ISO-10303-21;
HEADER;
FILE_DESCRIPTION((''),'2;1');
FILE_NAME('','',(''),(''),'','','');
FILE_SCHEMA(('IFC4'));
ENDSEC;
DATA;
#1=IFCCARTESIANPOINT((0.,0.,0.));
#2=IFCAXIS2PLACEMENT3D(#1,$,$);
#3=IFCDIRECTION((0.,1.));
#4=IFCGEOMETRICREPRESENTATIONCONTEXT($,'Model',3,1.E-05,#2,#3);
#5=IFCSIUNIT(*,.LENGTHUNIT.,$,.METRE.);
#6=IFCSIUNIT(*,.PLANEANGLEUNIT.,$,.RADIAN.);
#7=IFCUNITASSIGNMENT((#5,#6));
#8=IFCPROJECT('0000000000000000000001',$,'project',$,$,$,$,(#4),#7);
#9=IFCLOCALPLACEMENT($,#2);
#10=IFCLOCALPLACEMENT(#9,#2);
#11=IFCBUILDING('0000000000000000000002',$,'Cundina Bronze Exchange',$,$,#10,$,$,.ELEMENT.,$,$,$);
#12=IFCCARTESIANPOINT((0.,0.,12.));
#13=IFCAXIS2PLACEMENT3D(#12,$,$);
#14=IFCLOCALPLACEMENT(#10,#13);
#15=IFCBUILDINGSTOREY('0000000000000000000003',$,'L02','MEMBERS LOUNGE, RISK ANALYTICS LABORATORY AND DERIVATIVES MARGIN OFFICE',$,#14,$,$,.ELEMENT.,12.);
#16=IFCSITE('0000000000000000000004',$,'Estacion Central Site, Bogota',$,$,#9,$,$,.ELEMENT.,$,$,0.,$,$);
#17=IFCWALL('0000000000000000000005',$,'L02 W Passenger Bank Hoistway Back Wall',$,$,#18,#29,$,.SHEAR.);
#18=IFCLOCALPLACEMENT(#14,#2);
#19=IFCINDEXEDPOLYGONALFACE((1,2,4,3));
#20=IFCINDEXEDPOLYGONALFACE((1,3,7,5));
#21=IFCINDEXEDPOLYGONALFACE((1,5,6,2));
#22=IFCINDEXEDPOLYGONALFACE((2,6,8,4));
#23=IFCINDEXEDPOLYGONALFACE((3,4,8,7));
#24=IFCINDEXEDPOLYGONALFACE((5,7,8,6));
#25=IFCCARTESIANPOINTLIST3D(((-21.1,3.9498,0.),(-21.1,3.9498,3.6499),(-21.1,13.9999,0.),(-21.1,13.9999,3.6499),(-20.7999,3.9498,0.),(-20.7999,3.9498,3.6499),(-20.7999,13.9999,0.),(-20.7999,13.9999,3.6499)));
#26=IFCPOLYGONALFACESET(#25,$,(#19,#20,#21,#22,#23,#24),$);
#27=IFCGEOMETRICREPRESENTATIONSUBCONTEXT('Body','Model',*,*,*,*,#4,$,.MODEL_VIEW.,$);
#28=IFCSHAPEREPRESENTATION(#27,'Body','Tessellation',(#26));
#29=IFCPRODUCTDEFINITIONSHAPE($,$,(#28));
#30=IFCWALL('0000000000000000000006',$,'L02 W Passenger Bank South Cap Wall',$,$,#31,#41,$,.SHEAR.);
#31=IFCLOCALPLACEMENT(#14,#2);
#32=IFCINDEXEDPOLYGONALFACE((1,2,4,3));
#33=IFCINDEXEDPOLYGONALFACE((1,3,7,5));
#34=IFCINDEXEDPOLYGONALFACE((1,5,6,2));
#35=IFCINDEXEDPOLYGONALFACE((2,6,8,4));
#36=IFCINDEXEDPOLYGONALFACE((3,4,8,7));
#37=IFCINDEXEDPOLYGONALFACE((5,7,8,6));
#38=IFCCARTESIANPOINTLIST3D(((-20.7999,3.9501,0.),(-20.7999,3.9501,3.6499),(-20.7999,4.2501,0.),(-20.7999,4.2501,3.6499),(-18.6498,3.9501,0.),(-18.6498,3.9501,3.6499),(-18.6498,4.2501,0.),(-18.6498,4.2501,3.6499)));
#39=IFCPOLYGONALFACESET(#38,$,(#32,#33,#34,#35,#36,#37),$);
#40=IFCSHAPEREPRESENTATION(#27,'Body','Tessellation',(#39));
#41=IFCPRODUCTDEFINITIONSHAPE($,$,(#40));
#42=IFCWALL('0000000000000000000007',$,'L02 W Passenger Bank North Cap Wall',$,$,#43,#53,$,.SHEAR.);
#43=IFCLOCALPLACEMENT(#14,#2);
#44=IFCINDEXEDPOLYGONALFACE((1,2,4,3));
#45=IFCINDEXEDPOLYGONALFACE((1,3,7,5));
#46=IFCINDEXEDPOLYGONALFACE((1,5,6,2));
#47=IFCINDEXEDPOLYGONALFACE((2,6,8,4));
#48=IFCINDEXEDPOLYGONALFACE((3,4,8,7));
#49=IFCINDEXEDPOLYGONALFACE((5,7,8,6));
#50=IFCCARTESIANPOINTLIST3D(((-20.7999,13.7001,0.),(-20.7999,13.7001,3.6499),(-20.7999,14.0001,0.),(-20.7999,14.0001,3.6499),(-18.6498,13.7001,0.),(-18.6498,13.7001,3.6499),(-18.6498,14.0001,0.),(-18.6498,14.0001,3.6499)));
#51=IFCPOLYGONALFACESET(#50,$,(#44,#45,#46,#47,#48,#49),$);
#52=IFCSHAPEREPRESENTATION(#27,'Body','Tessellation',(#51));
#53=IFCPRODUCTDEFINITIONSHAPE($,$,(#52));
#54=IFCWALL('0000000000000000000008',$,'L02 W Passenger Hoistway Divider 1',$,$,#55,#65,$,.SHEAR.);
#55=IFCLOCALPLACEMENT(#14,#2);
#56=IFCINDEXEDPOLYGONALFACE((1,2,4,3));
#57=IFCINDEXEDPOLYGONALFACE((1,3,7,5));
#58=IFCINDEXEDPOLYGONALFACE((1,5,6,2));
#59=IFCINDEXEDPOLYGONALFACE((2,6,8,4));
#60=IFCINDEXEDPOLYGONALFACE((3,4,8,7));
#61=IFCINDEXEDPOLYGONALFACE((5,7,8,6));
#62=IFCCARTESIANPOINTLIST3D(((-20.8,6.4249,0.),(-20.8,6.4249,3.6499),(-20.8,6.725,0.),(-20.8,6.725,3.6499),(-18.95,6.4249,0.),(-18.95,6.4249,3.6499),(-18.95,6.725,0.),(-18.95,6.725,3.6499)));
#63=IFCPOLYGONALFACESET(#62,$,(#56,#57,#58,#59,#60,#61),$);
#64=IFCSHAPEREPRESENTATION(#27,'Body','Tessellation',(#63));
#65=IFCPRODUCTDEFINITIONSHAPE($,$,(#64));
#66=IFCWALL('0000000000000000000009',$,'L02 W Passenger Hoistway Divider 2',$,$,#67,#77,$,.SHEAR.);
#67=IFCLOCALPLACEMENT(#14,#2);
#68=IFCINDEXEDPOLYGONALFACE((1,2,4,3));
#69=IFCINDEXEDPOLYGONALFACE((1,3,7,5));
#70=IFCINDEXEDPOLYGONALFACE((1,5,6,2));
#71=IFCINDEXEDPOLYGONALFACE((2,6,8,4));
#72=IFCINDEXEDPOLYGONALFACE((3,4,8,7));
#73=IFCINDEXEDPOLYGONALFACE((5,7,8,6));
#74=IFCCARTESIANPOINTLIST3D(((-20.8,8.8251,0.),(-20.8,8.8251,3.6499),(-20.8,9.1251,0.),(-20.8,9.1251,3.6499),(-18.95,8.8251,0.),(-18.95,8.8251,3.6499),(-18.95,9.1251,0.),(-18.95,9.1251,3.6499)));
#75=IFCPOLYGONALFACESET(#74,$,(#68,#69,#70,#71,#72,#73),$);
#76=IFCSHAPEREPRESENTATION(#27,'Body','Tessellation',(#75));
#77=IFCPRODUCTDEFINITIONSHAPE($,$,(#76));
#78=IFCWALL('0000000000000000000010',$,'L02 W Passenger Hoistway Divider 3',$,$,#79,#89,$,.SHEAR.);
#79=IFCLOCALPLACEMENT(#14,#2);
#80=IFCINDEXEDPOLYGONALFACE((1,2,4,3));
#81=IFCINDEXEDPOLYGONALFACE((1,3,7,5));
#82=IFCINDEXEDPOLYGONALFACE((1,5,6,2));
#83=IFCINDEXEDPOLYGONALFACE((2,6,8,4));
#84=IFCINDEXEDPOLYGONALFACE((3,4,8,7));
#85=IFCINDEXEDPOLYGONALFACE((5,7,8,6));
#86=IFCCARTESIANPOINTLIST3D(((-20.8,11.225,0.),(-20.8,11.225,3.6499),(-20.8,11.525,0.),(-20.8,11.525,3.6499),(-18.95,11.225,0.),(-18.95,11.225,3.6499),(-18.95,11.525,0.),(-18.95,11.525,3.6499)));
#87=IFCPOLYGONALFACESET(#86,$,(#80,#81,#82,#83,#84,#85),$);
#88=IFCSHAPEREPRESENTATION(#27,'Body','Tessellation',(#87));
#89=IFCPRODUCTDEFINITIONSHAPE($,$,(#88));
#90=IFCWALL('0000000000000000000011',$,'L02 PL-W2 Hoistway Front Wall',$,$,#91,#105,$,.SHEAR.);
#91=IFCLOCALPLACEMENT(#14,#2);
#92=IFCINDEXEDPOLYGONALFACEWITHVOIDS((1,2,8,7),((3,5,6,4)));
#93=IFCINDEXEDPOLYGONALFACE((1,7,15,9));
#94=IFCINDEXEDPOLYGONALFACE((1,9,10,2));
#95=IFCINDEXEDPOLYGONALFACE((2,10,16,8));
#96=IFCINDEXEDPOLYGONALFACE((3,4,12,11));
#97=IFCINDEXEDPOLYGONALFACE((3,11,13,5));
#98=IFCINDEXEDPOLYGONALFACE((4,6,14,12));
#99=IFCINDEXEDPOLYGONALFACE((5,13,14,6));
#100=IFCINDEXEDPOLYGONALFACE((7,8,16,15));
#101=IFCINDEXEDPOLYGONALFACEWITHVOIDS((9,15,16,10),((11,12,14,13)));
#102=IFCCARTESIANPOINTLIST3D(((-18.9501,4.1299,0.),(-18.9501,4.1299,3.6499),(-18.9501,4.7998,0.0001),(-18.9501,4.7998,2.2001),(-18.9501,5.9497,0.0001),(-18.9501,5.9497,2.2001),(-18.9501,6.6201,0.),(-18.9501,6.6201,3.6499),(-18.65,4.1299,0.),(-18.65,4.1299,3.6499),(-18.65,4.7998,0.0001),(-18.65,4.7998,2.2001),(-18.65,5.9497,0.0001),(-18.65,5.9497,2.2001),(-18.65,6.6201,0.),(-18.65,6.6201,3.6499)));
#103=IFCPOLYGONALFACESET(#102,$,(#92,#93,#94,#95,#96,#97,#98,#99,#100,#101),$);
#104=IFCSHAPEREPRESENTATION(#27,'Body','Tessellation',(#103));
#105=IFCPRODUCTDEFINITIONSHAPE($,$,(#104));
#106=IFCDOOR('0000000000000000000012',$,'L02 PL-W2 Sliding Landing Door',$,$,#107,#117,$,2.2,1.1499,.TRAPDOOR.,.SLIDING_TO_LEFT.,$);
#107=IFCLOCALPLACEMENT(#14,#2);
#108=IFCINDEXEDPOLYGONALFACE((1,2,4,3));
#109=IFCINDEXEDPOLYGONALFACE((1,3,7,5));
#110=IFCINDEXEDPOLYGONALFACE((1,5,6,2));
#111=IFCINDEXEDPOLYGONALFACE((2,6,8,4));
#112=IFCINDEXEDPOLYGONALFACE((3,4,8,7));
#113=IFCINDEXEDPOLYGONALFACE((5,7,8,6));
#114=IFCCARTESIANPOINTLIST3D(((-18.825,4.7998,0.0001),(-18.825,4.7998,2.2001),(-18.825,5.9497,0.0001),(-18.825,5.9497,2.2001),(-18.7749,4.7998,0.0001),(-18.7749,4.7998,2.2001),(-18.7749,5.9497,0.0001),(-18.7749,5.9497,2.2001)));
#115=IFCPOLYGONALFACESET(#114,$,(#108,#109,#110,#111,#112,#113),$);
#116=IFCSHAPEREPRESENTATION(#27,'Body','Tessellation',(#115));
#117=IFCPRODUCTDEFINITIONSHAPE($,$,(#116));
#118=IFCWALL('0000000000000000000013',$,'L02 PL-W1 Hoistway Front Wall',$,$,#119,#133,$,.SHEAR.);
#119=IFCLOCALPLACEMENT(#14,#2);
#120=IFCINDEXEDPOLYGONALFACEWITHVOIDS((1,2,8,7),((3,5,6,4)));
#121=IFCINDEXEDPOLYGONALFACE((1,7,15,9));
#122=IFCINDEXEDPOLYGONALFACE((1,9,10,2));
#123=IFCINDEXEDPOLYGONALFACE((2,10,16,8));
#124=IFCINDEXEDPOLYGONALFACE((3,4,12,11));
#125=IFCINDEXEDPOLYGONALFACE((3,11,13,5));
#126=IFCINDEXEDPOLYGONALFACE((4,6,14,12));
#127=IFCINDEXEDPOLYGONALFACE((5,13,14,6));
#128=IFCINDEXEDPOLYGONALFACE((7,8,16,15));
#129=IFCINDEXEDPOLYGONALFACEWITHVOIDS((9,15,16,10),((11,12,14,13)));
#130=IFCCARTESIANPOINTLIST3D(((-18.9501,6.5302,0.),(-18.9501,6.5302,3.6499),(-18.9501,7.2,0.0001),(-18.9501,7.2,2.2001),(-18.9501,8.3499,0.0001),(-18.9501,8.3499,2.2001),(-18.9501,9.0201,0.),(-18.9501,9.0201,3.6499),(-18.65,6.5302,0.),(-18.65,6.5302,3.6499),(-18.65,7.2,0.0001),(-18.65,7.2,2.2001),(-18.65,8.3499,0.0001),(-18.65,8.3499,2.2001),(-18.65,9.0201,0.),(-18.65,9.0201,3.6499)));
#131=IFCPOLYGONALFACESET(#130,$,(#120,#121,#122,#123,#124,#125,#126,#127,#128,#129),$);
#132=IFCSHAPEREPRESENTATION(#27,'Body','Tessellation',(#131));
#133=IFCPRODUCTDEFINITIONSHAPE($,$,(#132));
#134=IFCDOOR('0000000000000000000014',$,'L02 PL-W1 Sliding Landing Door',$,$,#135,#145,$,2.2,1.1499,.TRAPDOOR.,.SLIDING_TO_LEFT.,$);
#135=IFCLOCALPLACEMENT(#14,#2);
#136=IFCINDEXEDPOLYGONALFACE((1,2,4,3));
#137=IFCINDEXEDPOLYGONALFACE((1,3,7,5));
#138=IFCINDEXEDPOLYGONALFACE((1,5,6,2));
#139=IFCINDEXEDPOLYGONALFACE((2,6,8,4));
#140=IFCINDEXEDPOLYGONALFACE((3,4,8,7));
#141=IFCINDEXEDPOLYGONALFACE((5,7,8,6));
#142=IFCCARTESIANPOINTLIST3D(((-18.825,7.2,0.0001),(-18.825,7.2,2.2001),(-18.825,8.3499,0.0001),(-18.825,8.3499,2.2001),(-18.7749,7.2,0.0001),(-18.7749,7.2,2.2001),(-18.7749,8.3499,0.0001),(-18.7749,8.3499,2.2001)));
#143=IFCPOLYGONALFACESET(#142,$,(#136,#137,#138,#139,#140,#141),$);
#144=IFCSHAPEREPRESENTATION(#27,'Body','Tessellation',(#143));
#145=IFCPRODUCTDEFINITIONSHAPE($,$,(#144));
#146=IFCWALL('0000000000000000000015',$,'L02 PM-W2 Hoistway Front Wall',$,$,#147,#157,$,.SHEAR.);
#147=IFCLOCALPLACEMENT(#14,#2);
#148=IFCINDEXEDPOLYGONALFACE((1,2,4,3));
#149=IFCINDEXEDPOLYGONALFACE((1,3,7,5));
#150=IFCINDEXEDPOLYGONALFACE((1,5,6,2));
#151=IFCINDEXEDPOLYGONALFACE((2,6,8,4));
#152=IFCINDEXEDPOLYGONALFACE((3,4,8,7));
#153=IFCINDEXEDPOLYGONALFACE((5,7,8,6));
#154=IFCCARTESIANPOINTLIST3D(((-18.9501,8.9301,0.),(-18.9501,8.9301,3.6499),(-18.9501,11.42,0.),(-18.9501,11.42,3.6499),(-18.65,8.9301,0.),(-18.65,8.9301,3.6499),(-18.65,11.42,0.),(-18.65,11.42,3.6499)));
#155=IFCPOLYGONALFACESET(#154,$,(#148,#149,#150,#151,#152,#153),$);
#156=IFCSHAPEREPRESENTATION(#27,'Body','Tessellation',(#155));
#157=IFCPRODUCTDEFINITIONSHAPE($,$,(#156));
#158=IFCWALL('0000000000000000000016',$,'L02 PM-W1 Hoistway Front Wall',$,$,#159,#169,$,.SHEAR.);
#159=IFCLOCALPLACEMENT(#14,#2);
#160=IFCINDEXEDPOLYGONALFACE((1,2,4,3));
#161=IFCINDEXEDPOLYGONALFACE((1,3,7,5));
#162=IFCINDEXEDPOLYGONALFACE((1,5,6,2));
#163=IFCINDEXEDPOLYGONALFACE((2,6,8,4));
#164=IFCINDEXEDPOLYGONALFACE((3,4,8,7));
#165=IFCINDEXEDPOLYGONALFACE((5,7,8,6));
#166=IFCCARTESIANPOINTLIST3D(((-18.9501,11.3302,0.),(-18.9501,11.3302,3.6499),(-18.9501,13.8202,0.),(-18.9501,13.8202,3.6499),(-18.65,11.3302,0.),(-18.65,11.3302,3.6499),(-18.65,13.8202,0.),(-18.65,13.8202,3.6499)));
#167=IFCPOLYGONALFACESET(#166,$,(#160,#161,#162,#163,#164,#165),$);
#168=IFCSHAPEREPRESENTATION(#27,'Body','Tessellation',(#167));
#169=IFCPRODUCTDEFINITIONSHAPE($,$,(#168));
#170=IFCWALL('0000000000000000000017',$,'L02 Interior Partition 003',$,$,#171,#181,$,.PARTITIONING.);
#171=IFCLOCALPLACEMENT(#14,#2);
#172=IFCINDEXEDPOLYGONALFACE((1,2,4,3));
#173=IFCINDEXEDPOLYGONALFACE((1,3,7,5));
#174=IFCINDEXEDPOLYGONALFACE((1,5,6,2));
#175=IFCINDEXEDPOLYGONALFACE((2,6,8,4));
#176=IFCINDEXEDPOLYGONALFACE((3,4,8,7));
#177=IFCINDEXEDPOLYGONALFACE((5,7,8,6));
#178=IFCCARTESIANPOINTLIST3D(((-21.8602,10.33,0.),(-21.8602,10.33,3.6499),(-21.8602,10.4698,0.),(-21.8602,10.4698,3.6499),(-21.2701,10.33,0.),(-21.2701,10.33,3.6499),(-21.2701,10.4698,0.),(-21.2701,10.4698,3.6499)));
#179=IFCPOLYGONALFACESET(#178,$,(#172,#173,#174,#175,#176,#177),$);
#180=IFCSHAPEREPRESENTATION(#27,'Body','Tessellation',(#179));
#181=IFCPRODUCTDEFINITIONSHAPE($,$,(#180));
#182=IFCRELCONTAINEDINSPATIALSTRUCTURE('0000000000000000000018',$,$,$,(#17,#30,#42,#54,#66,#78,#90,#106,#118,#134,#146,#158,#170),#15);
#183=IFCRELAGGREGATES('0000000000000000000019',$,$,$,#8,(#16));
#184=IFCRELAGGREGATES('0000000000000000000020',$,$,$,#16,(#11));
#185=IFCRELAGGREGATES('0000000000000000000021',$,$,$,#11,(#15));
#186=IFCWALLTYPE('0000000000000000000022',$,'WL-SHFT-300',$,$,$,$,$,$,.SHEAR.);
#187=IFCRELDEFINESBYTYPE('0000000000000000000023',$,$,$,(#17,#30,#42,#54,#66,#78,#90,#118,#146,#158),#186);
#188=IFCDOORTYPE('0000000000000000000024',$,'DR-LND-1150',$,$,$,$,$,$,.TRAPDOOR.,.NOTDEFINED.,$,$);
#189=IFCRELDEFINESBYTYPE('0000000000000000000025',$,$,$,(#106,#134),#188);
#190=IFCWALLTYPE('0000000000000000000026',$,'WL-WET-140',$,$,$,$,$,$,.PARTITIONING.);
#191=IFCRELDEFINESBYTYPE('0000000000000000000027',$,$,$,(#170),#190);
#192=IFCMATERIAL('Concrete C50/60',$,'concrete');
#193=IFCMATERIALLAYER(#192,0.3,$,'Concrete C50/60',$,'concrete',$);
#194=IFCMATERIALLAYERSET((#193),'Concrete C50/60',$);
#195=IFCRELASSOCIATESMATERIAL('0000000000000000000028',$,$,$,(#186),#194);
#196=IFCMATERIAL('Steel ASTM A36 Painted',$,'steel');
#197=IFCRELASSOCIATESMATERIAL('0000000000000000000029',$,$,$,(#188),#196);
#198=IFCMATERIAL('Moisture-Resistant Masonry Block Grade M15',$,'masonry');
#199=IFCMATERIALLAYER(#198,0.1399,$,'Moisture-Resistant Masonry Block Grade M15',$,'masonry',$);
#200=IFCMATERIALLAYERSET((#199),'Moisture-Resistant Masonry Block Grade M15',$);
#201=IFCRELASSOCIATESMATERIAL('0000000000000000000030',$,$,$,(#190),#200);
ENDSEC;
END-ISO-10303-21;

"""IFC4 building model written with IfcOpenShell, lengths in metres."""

from ifc_helpers import new_model, si_unit, direction, frame, frame_2d, origin, place, context, subcontext, project, spatial, rectangle, extrude, material, layer, layer_set, type_object, element, fill, save


model = new_model("IFC4")

# Units and contexts
model_context = context("Model", 3, precision=1e-05, world=origin(), true_north=direction((0.0, 1.0)))
body_context = subcontext(model_context, "Body", "Model", "MODEL_VIEW")
ifc_project = project(units=[si_unit("LENGTHUNIT", "METRE"), si_unit("PLANEANGLEUNIT", "RADIAN")], contexts=[model_context])

# Site, building, storey
site_placement = place(None, origin())
site = spatial("IfcSite", under=ifc_project, at=site_placement, Name="Estacion Central Site, Bogota", CompositionType="ELEMENT", RefElevation=0.0)
building_placement = place(site_placement, origin())
building = spatial("IfcBuilding", under=site, at=building_placement, Name="Cundina Bronze Exchange", CompositionType="ELEMENT")
storey_placement = place(building_placement, frame((0.0, 0.0, 12.0)))
storey = spatial("IfcBuildingStorey", under=building, at=storey_placement, Name="L02", Description="MEMBERS LOUNGE, RISK ANALYTICS LABORATORY AND DERIVATIVES MARGIN OFFICE", CompositionType="ELEMENT", Elevation=12.0)

# Shared definitions
ifc_material_1 = material(Name="Concrete C50/60", Category="concrete")

# Walls
ifc_layer_1 = layer(ifc_material_1, 0.3, Name="Concrete C50/60", Category="concrete")
ifc_layer_set_1 = layer_set([ifc_layer_1], Name="Concrete C50/60")
wall_type_1 = type_object("IfcWallType", Name="WL-SHFT-300", PredefinedType="SHEAR", material=ifc_layer_set_1)
wall_1_placement = place(storey_placement, frame((-20.95, 3.95, 0.0), z_axis=(0.0, 0.0, 1.0), x_axis=(0.0, 1.0, 0.0)))
element("IfcWall", 1, at=wall_1_placement, inside=storey, type_object=wall_type_1, Name="L02 W Passenger Bank Hoistway Back Wall", PredefinedType="SHEAR", context=body_context, shape_type="SweptSolid", body=[
    extrude(rectangle(XDim=10.05, YDim=0.3, at=frame_2d((5.0249, 0.0))), origin(), (0.0, 0.0, 1.0), 3.6499),
])
for number, where, z_axis, x_axis, name in (
    (2, (-20.8, 4.1001, 0.0), (0.0, 0.0, 1.0), (1.0, 0.0, 0.0), "L02 W Passenger Bank South Cap Wall"),
    (3, (-20.8, 13.8501, 0.0), (0.0, 0.0, 1.0), (1.0, 0.0, 0.0), "L02 W Passenger Bank North Cap Wall"),
):
    element("IfcWall", number, at=place(storey_placement, frame(where, z_axis=z_axis, x_axis=x_axis)), inside=storey, type_object=wall_type_1, Name=name, PredefinedType="SHEAR", context=body_context, shape_type="SweptSolid", body=[
        extrude(rectangle(XDim=2.1501, YDim=0.3, at=frame_2d((1.0752, 0.0))), origin(), (0.0, 0.0, 1.0), 3.6499),
    ])
for number, where, z_axis, x_axis, name in (
    (4, (-20.8, 6.575, 0.0), (0.0, 0.0, 1.0), (1.0, 0.0, 0.0), "L02 W Passenger Hoistway Divider 1"),
    (5, (-20.8, 8.9751, 0.0), (0.0, 0.0, 1.0), (1.0, 0.0, 0.0), "L02 W Passenger Hoistway Divider 2"),
    (6, (-20.8, 11.375, 0.0), (0.0, 0.0, 1.0), (1.0, 0.0, 0.0), "L02 W Passenger Hoistway Divider 3"),
):
    element("IfcWall", number, at=place(storey_placement, frame(where, z_axis=z_axis, x_axis=x_axis)), inside=storey, type_object=wall_type_1, Name=name, PredefinedType="SHEAR", context=body_context, shape_type="SweptSolid", body=[
        extrude(rectangle(XDim=1.8501, YDim=0.3, at=frame_2d((0.925, 0.0))), origin(), (0.0, 0.0, 1.0), 3.6499),
    ])

# Walls, openings, doors
wall_2_placement = place(storey_placement, frame((-18.8, 4.1299, 0.0), z_axis=(0.0, 0.0, 1.0), x_axis=(0.0, 1.0, 0.0)))
wall_2 = element("IfcWall", 7, at=wall_2_placement, inside=storey, type_object=wall_type_1, Name="L02 PL-W2 Hoistway Front Wall", PredefinedType="SHEAR", context=body_context, shape_type="SweptSolid", body=[
    extrude(rectangle(XDim=2.4902, YDim=0.3, at=frame_2d((1.2451, 0.0))), origin(), (0.0, 0.0, 1.0), 3.6499),
])
opening_1_placement = place(wall_2_placement, frame((0.6699, 0.0, 0.0)))
opening_1 = element("IfcOpeningElement", 8, at=opening_1_placement, cuts=wall_2, PredefinedType="OPENING", context=body_context, shape_type="SweptSolid", body=[
    extrude(rectangle(XDim=1.1499, YDim=2.2, at=frame_2d((0.575, 1.1001))), frame((0.0, 0.1599, 0.0), z_axis=(0.0, -1.0, 0.0), x_axis=(1.0, 0.0, 0.0)), (0.0, 0.0, 1.0), 0.3201),
])
ifc_material_2 = material(Name="Steel ASTM A36 Painted", Category="steel")
door_type_1 = type_object("IfcDoorType", Name="DR-LND-1150", OperationType="NOTDEFINED", PredefinedType="TRAPDOOR", material=ifc_material_2)
door_1_placement = place(opening_1_placement, origin())
door_1 = element("IfcDoor", 9, at=door_1_placement, inside=storey, type_object=door_type_1, Name="L02 PL-W2 Sliding Landing Door", OperationType="SLIDING_TO_LEFT", OverallHeight=2.2, OverallWidth=1.1499, PredefinedType="TRAPDOOR", context=body_context, shape_type="SweptSolid", body=[
    extrude(rectangle(XDim=1.1499, YDim=2.2, at=frame_2d((0.575, 1.1001))), frame((0.0, 0.0249, 0.0), z_axis=(0.0, -1.0, 0.0), x_axis=(1.0, 0.0, 0.0)), (0.0, 0.0, 1.0), 0.05),
])
fill(opening_1, door_1)
wall_3_placement = place(storey_placement, frame((-18.8, 6.53, 0.0), z_axis=(0.0, 0.0, 1.0), x_axis=(0.0, 1.0, 0.0)))
wall_3 = element("IfcWall", 10, at=wall_3_placement, inside=storey, type_object=wall_type_1, Name="L02 PL-W1 Hoistway Front Wall", PredefinedType="SHEAR", context=body_context, shape_type="SweptSolid", body=[
    extrude(rectangle(XDim=2.49, YDim=0.3, at=frame_2d((1.2451, 0.0))), origin(), (0.0, 0.0, 1.0), 3.6499),
])
opening_2_placement = place(wall_3_placement, frame((0.6699, 0.0, 0.0)))
opening_2 = element("IfcOpeningElement", 11, at=opening_2_placement, cuts=wall_3, PredefinedType="OPENING", context=body_context, shape_type="SweptSolid", body=[
    extrude(rectangle(XDim=1.1499, YDim=2.2, at=frame_2d((0.575, 1.1001))), frame((0.0, 0.1599, 0.0), z_axis=(0.0, -1.0, 0.0), x_axis=(1.0, 0.0, 0.0)), (0.0, 0.0, 1.0), 0.3201),
])
door_2_placement = place(opening_2_placement, origin())
door_2 = element("IfcDoor", 12, at=door_2_placement, inside=storey, type_object=door_type_1, Name="L02 PL-W1 Sliding Landing Door", OperationType="SLIDING_TO_LEFT", OverallHeight=2.2, OverallWidth=1.1499, PredefinedType="TRAPDOOR", context=body_context, shape_type="SweptSolid", body=[
    extrude(rectangle(XDim=1.1499, YDim=2.2, at=frame_2d((0.575, 1.1001))), frame((0.0, 0.0249, 0.0), z_axis=(0.0, -1.0, 0.0), x_axis=(1.0, 0.0, 0.0)), (0.0, 0.0, 1.0), 0.05),
])
fill(opening_2, door_2)

# Walls
for number, where, z_axis, x_axis, name in (
    (13, (-18.8, 8.9299, 0.0), (0.0, 0.0, 1.0), (0.0, 1.0, 0.0), "L02 PM-W2 Hoistway Front Wall"),
    (14, (-18.8, 11.3301, 0.0), (0.0, 0.0, 1.0), (0.0, 1.0, 0.0), "L02 PM-W1 Hoistway Front Wall"),
):
    element("IfcWall", number, at=place(storey_placement, frame(where, z_axis=z_axis, x_axis=x_axis)), inside=storey, type_object=wall_type_1, Name=name, PredefinedType="SHEAR", context=body_context, shape_type="SweptSolid", body=[
        extrude(rectangle(XDim=2.49, YDim=0.3, at=frame_2d((1.2451, 0.0))), origin(), (0.0, 0.0, 1.0), 3.6499),
    ])
ifc_material_3 = material(Name="Moisture-Resistant Masonry Block Grade M15", Category="masonry")
ifc_layer_2 = layer(ifc_material_3, 0.1399, Name="Moisture-Resistant Masonry Block Grade M15", Category="masonry")
ifc_layer_set_2 = layer_set([ifc_layer_2], Name="Moisture-Resistant Masonry Block Grade M15")
wall_type_2 = type_object("IfcWallType", Name="WL-WET-140", PredefinedType="PARTITIONING", material=ifc_layer_set_2)
wall_4_placement = place(storey_placement, frame((-21.8601, 10.3999, 0.0), z_axis=(0.0, 0.0, 1.0), x_axis=(1.0, 0.0, 0.0)))
element("IfcWall", 15, at=wall_4_placement, inside=storey, type_object=wall_type_2, Name="L02 Interior Partition 003", PredefinedType="PARTITIONING", context=body_context, shape_type="SweptSolid", body=[
    extrude(rectangle(XDim=0.5901, YDim=0.1399, at=frame_2d((0.2949, 0.0))), origin(), (0.0, 0.0, 1.0), 3.6499),
])

save(model, "model.ifc")
